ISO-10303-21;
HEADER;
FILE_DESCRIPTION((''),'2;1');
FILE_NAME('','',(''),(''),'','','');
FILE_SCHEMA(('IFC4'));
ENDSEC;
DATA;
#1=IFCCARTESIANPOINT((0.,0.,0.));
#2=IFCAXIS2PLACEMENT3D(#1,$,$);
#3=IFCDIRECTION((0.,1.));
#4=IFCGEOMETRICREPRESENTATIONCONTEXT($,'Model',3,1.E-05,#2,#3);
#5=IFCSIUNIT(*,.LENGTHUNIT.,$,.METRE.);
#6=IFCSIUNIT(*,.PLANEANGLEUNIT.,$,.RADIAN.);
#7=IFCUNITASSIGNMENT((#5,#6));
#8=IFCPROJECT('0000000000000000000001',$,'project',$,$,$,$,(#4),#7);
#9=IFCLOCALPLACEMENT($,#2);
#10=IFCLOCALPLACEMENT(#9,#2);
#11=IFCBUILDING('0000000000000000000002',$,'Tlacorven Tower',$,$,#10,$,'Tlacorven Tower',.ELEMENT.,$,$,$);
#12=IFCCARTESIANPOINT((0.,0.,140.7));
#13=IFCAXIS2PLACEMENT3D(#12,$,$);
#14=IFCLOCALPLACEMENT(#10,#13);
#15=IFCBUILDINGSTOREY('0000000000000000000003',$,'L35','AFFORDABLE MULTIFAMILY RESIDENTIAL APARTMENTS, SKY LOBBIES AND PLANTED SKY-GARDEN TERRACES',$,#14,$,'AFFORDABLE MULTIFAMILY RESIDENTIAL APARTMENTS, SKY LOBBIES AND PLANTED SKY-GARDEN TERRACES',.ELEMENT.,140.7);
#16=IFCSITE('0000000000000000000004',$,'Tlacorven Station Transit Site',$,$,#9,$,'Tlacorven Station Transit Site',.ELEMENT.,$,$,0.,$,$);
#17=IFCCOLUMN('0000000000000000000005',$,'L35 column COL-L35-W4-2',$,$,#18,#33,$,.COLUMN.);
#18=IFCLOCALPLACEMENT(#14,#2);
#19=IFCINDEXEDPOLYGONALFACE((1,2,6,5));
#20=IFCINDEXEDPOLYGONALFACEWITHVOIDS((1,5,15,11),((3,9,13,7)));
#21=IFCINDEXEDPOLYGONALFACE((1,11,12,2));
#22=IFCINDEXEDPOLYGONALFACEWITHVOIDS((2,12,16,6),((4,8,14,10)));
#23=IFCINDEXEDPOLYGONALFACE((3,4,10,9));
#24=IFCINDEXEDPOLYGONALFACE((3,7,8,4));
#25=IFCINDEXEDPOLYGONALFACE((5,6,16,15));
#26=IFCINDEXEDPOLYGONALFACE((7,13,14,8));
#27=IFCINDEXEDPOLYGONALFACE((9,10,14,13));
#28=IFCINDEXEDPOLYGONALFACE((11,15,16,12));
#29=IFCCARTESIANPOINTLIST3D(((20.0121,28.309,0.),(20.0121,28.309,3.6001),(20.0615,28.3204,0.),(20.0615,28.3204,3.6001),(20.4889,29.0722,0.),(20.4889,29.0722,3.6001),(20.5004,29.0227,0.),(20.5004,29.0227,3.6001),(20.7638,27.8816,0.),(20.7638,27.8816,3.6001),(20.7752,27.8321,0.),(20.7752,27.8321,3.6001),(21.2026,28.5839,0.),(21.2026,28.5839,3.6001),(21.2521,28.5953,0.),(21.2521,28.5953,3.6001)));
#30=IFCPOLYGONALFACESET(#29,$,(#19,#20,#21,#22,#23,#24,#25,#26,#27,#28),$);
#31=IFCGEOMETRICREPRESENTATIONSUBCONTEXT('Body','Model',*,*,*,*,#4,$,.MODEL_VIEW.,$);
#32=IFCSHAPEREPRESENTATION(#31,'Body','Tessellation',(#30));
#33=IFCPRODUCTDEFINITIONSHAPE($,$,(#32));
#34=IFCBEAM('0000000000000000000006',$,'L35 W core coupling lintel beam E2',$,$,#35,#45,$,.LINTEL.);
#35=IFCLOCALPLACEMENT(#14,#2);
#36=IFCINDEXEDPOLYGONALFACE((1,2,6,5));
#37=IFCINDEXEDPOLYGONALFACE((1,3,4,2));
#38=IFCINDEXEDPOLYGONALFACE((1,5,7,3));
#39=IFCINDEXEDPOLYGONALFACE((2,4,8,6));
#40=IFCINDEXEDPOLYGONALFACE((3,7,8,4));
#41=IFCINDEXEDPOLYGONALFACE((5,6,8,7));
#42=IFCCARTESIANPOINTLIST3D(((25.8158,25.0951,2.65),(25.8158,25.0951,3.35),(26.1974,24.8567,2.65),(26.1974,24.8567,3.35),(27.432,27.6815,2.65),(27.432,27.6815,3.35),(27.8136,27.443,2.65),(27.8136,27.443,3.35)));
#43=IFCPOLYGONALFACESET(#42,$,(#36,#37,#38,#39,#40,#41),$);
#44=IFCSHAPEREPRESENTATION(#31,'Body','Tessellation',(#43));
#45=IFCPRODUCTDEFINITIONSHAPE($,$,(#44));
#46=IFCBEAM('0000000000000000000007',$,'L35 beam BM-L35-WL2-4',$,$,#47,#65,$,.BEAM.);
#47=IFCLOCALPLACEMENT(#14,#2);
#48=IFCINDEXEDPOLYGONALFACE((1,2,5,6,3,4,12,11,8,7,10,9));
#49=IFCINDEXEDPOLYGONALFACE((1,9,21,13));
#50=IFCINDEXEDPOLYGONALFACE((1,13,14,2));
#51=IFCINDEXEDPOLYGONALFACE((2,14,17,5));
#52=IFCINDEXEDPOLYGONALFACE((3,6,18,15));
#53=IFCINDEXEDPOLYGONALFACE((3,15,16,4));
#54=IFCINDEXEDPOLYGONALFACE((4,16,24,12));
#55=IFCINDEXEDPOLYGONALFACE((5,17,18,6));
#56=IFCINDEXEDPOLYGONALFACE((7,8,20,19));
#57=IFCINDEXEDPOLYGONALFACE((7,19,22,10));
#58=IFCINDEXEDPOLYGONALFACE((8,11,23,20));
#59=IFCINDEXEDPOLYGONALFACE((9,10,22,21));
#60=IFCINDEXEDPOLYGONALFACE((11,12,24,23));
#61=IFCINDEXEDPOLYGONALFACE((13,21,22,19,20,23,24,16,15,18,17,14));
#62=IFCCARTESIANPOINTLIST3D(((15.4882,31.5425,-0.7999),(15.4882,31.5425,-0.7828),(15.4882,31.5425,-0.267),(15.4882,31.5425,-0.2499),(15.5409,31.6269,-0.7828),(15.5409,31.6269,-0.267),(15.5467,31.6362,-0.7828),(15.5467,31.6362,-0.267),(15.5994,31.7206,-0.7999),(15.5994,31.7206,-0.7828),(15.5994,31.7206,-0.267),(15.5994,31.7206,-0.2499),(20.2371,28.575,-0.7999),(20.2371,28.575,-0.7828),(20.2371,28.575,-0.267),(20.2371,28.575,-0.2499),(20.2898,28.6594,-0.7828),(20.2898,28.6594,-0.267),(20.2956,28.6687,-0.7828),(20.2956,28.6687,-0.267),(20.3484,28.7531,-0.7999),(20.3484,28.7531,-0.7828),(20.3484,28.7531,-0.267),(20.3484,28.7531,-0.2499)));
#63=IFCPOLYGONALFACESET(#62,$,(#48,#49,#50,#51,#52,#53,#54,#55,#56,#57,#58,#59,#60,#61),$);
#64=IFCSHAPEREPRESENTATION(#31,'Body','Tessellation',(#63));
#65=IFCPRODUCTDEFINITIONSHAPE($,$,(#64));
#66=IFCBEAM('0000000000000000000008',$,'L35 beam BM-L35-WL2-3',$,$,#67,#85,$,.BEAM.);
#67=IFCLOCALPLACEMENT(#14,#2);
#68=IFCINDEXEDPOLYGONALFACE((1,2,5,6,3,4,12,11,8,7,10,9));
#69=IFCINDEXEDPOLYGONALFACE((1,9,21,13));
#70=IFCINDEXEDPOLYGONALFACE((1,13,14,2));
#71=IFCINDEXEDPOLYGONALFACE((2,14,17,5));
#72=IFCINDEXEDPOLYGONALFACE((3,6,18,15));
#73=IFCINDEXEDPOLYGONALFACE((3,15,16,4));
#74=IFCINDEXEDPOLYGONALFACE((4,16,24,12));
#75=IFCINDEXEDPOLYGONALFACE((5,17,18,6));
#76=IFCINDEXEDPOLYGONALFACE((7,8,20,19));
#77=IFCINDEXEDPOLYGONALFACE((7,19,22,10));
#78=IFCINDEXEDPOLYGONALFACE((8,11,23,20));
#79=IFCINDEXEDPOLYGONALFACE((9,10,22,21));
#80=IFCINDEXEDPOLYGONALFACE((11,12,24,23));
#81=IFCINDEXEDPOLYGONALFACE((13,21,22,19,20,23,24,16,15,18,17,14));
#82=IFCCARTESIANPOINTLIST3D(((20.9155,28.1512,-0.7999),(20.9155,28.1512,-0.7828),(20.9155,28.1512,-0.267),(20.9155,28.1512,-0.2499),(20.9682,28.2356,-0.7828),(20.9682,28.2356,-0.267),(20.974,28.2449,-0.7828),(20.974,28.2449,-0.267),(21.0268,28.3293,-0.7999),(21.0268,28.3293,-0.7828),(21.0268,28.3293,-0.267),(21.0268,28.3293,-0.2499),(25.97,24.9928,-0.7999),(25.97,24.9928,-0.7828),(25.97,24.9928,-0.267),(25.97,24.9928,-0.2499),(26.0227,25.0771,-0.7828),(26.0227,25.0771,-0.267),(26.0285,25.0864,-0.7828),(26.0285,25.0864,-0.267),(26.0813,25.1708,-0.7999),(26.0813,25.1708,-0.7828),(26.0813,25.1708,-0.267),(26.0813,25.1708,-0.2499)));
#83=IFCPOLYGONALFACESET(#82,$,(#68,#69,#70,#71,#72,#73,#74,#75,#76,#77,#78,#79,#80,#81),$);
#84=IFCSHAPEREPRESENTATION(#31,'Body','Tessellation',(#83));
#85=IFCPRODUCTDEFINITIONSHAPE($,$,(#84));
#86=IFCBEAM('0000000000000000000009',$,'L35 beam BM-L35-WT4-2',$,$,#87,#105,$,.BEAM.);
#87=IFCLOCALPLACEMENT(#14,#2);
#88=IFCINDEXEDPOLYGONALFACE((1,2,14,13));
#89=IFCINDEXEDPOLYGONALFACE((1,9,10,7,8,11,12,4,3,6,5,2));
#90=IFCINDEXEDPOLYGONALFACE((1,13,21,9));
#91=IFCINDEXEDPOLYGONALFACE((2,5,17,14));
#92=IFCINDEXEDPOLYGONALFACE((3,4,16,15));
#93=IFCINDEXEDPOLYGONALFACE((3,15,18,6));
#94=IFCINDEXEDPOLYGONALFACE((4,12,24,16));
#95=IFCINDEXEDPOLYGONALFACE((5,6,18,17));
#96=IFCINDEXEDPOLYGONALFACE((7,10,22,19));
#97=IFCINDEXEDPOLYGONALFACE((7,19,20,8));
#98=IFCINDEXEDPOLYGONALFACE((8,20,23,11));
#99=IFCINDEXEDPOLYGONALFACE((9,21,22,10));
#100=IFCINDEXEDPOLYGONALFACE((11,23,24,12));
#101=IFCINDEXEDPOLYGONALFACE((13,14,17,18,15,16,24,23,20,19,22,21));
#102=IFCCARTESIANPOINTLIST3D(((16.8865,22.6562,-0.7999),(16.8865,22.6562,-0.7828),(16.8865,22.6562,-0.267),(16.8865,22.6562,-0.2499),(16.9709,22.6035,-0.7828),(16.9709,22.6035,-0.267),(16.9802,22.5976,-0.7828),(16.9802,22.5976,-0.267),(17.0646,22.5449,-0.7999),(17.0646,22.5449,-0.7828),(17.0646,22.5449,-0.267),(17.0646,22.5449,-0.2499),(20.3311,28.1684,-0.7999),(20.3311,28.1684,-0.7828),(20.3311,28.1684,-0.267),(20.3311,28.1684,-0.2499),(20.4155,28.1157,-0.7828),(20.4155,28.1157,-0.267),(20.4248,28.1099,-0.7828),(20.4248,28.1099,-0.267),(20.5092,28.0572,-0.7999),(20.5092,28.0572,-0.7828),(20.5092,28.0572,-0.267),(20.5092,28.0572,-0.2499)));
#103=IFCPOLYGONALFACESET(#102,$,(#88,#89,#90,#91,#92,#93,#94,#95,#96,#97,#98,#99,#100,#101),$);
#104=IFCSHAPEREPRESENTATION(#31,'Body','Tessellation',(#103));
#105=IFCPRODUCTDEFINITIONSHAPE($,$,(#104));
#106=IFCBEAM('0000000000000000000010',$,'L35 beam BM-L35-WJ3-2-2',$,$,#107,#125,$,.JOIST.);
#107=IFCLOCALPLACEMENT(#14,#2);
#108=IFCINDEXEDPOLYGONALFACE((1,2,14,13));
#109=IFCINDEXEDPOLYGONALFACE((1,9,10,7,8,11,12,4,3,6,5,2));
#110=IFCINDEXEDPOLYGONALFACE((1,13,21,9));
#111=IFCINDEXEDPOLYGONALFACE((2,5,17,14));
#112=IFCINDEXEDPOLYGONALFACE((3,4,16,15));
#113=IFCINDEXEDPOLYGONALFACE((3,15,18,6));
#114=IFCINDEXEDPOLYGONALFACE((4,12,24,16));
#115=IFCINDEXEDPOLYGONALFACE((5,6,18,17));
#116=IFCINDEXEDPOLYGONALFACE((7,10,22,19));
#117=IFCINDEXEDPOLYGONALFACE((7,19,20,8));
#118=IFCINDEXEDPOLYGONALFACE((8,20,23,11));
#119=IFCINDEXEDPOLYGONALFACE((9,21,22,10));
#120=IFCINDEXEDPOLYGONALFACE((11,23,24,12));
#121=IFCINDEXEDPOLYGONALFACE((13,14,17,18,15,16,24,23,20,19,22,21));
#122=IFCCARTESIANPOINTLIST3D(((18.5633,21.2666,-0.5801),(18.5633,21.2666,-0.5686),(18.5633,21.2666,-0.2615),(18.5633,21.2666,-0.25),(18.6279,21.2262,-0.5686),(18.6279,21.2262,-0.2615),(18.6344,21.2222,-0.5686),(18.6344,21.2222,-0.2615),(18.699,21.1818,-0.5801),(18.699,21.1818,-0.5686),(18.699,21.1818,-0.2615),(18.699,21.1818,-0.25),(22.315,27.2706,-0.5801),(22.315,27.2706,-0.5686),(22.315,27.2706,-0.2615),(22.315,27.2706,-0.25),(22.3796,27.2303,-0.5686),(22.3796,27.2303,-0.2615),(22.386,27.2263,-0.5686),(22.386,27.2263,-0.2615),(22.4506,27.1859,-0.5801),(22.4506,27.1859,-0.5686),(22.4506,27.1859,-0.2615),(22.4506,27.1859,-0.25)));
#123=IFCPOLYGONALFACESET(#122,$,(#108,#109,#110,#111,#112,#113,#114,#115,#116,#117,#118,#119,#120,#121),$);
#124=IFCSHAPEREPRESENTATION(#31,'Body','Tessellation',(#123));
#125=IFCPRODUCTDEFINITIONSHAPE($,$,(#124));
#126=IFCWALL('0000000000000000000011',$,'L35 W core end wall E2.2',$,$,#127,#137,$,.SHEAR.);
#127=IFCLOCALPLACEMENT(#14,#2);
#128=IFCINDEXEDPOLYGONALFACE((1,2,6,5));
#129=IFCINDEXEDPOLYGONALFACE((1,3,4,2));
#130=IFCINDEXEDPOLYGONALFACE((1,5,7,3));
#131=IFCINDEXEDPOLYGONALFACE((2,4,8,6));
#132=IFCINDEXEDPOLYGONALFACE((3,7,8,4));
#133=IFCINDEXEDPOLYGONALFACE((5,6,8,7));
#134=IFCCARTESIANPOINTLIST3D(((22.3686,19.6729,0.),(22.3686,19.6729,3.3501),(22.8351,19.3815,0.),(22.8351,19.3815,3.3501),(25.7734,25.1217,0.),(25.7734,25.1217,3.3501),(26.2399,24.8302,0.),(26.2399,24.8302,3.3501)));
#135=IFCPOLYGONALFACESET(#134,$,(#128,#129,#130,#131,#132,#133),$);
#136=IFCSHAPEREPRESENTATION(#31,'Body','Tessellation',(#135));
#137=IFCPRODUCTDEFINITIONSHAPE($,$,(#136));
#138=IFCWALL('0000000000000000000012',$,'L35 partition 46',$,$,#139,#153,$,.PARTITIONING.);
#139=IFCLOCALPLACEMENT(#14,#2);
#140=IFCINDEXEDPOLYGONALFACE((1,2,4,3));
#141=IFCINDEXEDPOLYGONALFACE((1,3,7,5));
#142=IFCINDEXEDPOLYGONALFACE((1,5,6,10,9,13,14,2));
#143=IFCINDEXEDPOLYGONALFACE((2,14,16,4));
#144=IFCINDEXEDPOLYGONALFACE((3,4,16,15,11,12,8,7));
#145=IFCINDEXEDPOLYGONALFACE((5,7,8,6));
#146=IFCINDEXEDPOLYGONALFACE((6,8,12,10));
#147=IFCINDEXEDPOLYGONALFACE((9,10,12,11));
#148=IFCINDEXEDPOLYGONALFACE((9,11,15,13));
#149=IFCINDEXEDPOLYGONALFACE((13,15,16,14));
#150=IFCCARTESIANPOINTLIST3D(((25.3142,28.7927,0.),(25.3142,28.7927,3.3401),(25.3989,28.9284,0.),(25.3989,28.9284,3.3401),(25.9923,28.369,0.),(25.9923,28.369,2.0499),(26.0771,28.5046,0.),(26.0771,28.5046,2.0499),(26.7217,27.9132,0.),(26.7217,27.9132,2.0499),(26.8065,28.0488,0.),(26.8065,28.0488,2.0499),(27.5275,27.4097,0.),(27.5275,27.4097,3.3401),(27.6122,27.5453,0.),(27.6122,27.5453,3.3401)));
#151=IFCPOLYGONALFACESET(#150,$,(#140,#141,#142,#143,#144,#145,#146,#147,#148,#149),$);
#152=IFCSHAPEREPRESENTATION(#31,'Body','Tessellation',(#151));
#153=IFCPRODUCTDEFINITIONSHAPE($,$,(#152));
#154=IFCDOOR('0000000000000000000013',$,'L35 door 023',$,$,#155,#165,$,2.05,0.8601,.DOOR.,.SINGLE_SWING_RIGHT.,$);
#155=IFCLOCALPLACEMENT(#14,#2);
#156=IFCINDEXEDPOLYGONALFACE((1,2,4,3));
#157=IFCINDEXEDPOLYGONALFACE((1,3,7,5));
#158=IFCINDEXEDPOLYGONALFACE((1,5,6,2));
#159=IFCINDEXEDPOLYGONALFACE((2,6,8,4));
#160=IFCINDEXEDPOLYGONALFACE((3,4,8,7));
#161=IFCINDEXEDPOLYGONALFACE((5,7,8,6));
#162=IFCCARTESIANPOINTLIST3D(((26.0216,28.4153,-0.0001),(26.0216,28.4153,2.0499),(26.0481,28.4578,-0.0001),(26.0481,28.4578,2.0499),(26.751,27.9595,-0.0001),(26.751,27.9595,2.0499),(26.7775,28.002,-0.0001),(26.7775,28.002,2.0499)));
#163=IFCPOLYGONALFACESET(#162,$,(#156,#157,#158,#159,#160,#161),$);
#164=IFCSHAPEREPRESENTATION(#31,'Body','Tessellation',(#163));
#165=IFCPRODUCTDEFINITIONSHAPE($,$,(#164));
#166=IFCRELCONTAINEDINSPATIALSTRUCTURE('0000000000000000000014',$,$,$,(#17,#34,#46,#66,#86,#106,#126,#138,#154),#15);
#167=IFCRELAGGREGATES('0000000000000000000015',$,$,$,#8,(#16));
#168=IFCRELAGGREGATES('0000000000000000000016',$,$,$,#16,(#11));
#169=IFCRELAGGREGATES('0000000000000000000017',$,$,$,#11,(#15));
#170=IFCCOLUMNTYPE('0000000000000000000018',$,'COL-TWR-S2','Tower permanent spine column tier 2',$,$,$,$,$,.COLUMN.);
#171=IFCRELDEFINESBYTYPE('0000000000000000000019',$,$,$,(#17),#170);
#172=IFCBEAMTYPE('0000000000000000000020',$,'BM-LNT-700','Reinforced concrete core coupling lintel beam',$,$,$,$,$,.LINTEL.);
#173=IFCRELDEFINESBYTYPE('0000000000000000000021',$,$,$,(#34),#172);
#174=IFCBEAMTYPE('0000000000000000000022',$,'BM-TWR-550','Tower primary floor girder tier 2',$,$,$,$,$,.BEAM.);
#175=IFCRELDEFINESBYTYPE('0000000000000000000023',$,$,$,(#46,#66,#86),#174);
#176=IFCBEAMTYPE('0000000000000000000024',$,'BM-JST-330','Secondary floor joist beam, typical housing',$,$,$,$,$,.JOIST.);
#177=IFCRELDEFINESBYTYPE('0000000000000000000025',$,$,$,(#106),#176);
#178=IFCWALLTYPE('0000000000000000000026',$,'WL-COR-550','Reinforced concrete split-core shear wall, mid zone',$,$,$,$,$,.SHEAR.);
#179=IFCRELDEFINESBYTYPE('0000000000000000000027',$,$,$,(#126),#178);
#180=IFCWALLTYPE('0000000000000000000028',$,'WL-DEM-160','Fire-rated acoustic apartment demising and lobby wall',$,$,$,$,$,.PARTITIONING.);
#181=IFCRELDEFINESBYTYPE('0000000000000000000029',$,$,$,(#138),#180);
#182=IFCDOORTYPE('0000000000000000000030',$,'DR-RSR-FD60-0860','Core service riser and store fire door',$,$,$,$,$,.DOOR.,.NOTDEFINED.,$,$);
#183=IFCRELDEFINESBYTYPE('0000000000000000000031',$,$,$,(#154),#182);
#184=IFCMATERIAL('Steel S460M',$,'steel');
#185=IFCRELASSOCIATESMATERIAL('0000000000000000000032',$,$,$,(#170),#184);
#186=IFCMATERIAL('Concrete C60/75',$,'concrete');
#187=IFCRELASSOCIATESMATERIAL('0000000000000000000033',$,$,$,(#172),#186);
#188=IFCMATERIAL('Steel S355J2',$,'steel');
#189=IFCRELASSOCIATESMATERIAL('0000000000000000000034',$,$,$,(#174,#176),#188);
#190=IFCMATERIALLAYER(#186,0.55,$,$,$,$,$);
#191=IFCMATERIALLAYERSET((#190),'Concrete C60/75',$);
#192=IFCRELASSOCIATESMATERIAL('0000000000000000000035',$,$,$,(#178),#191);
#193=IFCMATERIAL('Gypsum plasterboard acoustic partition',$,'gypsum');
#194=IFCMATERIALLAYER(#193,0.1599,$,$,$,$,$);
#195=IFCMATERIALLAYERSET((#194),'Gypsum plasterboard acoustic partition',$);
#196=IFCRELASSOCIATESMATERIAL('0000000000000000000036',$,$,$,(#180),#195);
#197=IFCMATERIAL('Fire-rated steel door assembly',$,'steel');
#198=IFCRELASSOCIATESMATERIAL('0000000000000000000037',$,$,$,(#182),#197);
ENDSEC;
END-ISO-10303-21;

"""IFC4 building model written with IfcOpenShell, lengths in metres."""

from ifc_helpers import new_model, si_unit, direction, frame, frame_2d, origin, origin_2d, place, context, subcontext, project, spatial, rectangle, hollow_rectangle, i_section, extrude, source, transform, mapped, material, layer, layer_set, material_profile, profile_set, type_object, element, fill, save


model = new_model("IFC4")

# Units and contexts
model_context = context("Model", 3, precision=1e-05, world=origin(), true_north=direction((0.0, 1.0)))
body_context = subcontext(model_context, "Body", "Model", "MODEL_VIEW")
ifc_project = project(units=[si_unit("LENGTHUNIT", "METRE"), si_unit("PLANEANGLEUNIT", "RADIAN")], contexts=[model_context])

# Site, building, storey
site_placement = place(None, origin())
site = spatial("IfcSite", under=ifc_project, at=site_placement, Name="Tlacorven Station Transit Site", LongName="Tlacorven Station Transit Site", CompositionType="ELEMENT", RefElevation=0.0)
building_placement = place(site_placement, origin())
building = spatial("IfcBuilding", under=site, at=building_placement, Name="Tlacorven Tower", LongName="Tlacorven Tower", CompositionType="ELEMENT")
storey_placement = place(building_placement, frame((0.0, 0.0, 140.7)))
storey = spatial("IfcBuildingStorey", under=building, at=storey_placement, Name="L35", Description="AFFORDABLE MULTIFAMILY RESIDENTIAL APARTMENTS, SKY LOBBIES AND PLANTED SKY-GARDEN TERRACES", LongName="AFFORDABLE MULTIFAMILY RESIDENTIAL APARTMENTS, SKY LOBBIES AND PLANTED SKY-GARDEN TERRACES", CompositionType="ELEMENT", Elevation=140.7)

# Column
ifc_material_1 = material(Name="Steel S460M", Category="steel")
ifc_material_profile_1 = material_profile(ifc_material_1, hollow_rectangle(XDim=0.8999, YDim=0.8999, WallThickness=0.0359, at=origin_2d()), Name="BOX 900X900X36")
ifc_profile_set_1 = profile_set([ifc_material_profile_1], Name="Steel S460M")
column_type = type_object("IfcColumnType", Name="COL-TWR-S2", Description="Tower permanent spine column tier 2", PredefinedType="COLUMN", material=ifc_profile_set_1)
shared_shape_1 = source(origin(), body_context, "Body", "SweptSolid", [
    extrude(hollow_rectangle(XDim=0.8999, YDim=0.8999, WallThickness=0.0359, at=origin_2d()), origin(), (0.0, 0.0, 1.0), 3.6001),
])
column_placement = place(storey_placement, frame((20.6321, 28.4521, 0.0), z_axis=(0.0, 0.0, 1.0), x_axis=(-0.848048, 0.529919, 0.0)))
element("IfcColumn", 1, at=column_placement, inside=storey, type_object=column_type, Name="L35 column COL-L35-W4-2", PredefinedType="COLUMN", context=body_context, shape_type="MappedRepresentation", body=[
    mapped(shared_shape_1, transform((0.0, 0.0, 0.0), scale=1.0)),
])

# Beams
ifc_material_2 = material(Name="Concrete C60/75", Category="concrete")
ifc_material_profile_2 = material_profile(ifc_material_2, rectangle(XDim=0.45, YDim=0.7, at=origin_2d()), Name="RC 450X700")
ifc_profile_set_2 = profile_set([ifc_material_profile_2], Name="Concrete C60/75")
beam_type_1 = type_object("IfcBeamType", Name="BM-LNT-700", Description="Reinforced concrete core coupling lintel beam", PredefinedType="LINTEL", material=ifc_profile_set_2)
shared_shape_2 = source(origin(), body_context, "Body", "SweptSolid", [
    extrude(rectangle(XDim=0.45, YDim=0.7, at=origin_2d()), origin(), (0.0, 0.0, 1.0), 3.0498),
])
beam_1_placement = place(storey_placement, frame((27.6228, 27.5623, 3.0), z_axis=(-0.529927, -0.848043, 0.0), x_axis=(0.848043, -0.529927, 0.0)))
element("IfcBeam", 2, at=beam_1_placement, inside=storey, type_object=beam_type_1, Name="L35 W core coupling lintel beam E2", PredefinedType="LINTEL", context=body_context, shape_type="MappedRepresentation", body=[
    mapped(shared_shape_2, transform((0.0, 0.0, 0.0), scale=1.0)),
])
ifc_material_3 = material(Name="Steel S355J2", Category="steel")
ifc_material_profile_3 = material_profile(ifc_material_3, i_section(OverallWidth=0.21, OverallDepth=0.55, WebThickness=0.011, FlangeThickness=0.0171, at=origin_2d()), Name="IPE 550")
ifc_profile_set_3 = profile_set([ifc_material_profile_3], Name="Steel S355J2")
beam_type_2 = type_object("IfcBeamType", Name="BM-TWR-550", Description="Tower primary floor girder tier 2", PredefinedType="BEAM", material=ifc_profile_set_3)
shared_shape_3 = source(origin(), body_context, "Body", "SweptSolid", [
    extrude(i_section(OverallWidth=0.21, OverallDepth=0.55, WebThickness=0.011, FlangeThickness=0.0171, at=origin_2d()), origin(), (0.0, 0.0, 1.0), 5.5999),
])
beam_2_placement = place(storey_placement, frame((20.2927, 28.6641, -0.5249), z_axis=(-0.848047, 0.529921, 0.0), x_axis=(-0.529921, -0.848047, 0.0)))
element("IfcBeam", 3, at=beam_2_placement, inside=storey, type_object=beam_type_2, Name="L35 beam BM-L35-WL2-4", PredefinedType="BEAM", context=body_context, shape_type="MappedRepresentation", body=[
    mapped(shared_shape_3, transform((0.0, 0.0, 0.0), scale=1.0)),
])
shared_shape_4 = source(origin(), body_context, "Body", "SweptSolid", [
    extrude(i_section(OverallWidth=0.21, OverallDepth=0.55, WebThickness=0.011, FlangeThickness=0.0171, at=origin_2d()), origin(), (0.0, 0.0, 1.0), 5.9602),
])
beam_3_placement = place(storey_placement, frame((26.0256, 25.0818, -0.5249), z_axis=(-0.848042, 0.529929, 0.0), x_axis=(-0.529929, -0.848042, 0.0)))
element("IfcBeam", 4, at=beam_3_placement, inside=storey, type_object=beam_type_2, Name="L35 beam BM-L35-WL2-3", PredefinedType="BEAM", context=body_context, shape_type="MappedRepresentation", body=[
    mapped(shared_shape_4, transform((0.0, 0.0, 0.0), scale=1.0)),
])
shared_shape_5 = source(origin(), body_context, "Body", "SweptSolid", [
    extrude(i_section(OverallWidth=0.21, OverallDepth=0.55, WebThickness=0.011, FlangeThickness=0.0171, at=origin_2d()), origin(), (0.0, 0.0, 1.0), 6.5),
])
beam_4_placement = place(storey_placement, frame((20.4202, 28.1128, -0.5249), z_axis=(-0.529938, -0.848036, 0.0), x_axis=(0.848036, -0.529938, 0.0)))
element("IfcBeam", 5, at=beam_4_placement, inside=storey, type_object=beam_type_2, Name="L35 beam BM-L35-WT4-2", PredefinedType="BEAM", context=body_context, shape_type="MappedRepresentation", body=[
    mapped(shared_shape_5, transform((0.0, 0.0, 0.0), scale=1.0)),
])
ifc_material_profile_4 = material_profile(ifc_material_3, i_section(OverallWidth=0.1599, OverallDepth=0.3301, WebThickness=0.0076, FlangeThickness=0.0115, at=origin_2d()), Name="IPE 330")
ifc_profile_set_4 = profile_set([ifc_material_profile_4], Name="Steel S355J2")
beam_type_3 = type_object("IfcBeamType", Name="BM-JST-330", Description="Secondary floor joist beam, typical housing", PredefinedType="JOIST", material=ifc_profile_set_4)
shared_shape_6 = source(origin(), body_context, "Body", "SweptSolid", [
    extrude(i_section(OverallWidth=0.1599, OverallDepth=0.3301, WebThickness=0.0076, FlangeThickness=0.0115, at=origin_2d()), origin(), (0.0, 0.0, 1.0), 7.0798),
])
beam_5_placement = place(storey_placement, frame((22.3828, 27.2283, -0.415), z_axis=(-0.529909, -0.848054, 0.0), x_axis=(0.848054, -0.529909, 0.0)))
element("IfcBeam", 6, at=beam_5_placement, inside=storey, type_object=beam_type_3, Name="L35 beam BM-L35-WJ3-2-2", PredefinedType="JOIST", context=body_context, shape_type="MappedRepresentation", body=[
    mapped(shared_shape_6, transform((0.0, 0.0, 0.0), scale=1.0)),
])

# Wall
ifc_layer_1 = layer(ifc_material_2, 0.55)
ifc_layer_set_1 = layer_set([ifc_layer_1], Name="Concrete C60/75")
wall_type_1 = type_object("IfcWallType", Name="WL-COR-550", Description="Reinforced concrete split-core shear wall, mid zone", PredefinedType="SHEAR", material=ifc_layer_set_1)
wall_1_placement = place(storey_placement, frame((26.0066, 24.9758, 0.0), z_axis=(0.0, 0.0, 1.0), x_axis=(-0.529924, -0.848045, 0.0)))
element("IfcWall", 7, at=wall_1_placement, inside=storey, type_object=wall_type_1, Name="L35 W core end wall E2.2", PredefinedType="SHEAR", context=body_context, shape_type="SweptSolid", body=[
    extrude(rectangle(XDim=6.425, YDim=0.55, at=frame_2d((3.2124, 0.0))), origin(), (0.0, 0.0, 1.0), 3.3501),
])

# Wall, opening, door
ifc_material_4 = material(Name="Gypsum plasterboard acoustic partition", Category="gypsum")
ifc_layer_2 = layer(ifc_material_4, 0.1599)
ifc_layer_set_2 = layer_set([ifc_layer_2], Name="Gypsum plasterboard acoustic partition")
wall_type_2 = type_object("IfcWallType", Name="WL-DEM-160", Description="Fire-rated acoustic apartment demising and lobby wall", PredefinedType="PARTITIONING", material=ifc_layer_set_2)
wall_2_placement = place(storey_placement, frame((27.5698, 27.4775, 0.0), z_axis=(0.0, 0.0, 1.0), x_axis=(-0.848051, 0.529915, 0.0)))
wall_2 = element("IfcWall", 8, at=wall_2_placement, inside=storey, type_object=wall_type_2, Name="L35 partition 46", PredefinedType="PARTITIONING", context=body_context, shape_type="SweptSolid", body=[
    extrude(rectangle(XDim=2.6099, YDim=0.1599, at=frame_2d((1.3049, 0.0))), origin(), (0.0, 0.0, 1.0), 3.3401),
])
opening_1_placement = place(wall_2_placement, frame((0.95, 0.0, 0.0)))
opening_1 = element("IfcOpeningElement", 9, at=opening_1_placement, cuts=wall_2, PredefinedType="OPENING", context=body_context, shape_type="SweptSolid", body=[
    extrude(rectangle(XDim=0.8601, YDim=2.05, at=frame_2d((0.4302, 1.0249))), frame((0.0, 0.0898, 0.0), z_axis=(0.0, -1.0, 0.0), x_axis=(1.0, 0.0, 0.0)), (0.0, 0.0, 1.0), 0.1799),
])
ifc_material_5 = material(Name="Fire-rated steel door assembly", Category="steel")
door_type_1 = type_object("IfcDoorType", Name="DR-RSR-FD60-0860", Description="Core service riser and store fire door", OperationType="NOTDEFINED", PredefinedType="DOOR", material=ifc_material_5)
shared_shape_7 = source(origin(), body_context, "Body", "SweptSolid", [
    extrude(rectangle(XDim=0.8601, YDim=2.05, at=frame_2d((0.4302, 1.0249))), frame((0.0, 0.0249, 0.0), z_axis=(0.0, -1.0, 0.0), x_axis=(1.0, 0.0, 0.0)), (0.0, 0.0, 1.0), 0.05),
])
door_1_placement = place(opening_1_placement, frame((0.8601, 0.0, 0.0), z_axis=(0.0, 0.0, 1.0), x_axis=(-1.0, 0.0, 0.0)))
door_1 = element("IfcDoor", 10, at=door_1_placement, inside=storey, type_object=door_type_1, Name="L35 door 023", OperationType="SINGLE_SWING_RIGHT", OverallHeight=2.05, OverallWidth=0.8601, PredefinedType="DOOR", context=body_context, shape_type="MappedRepresentation", body=[
    mapped(shared_shape_7, transform((0.0, 0.0, 0.0), scale=1.0)),
])
fill(opening_1, door_1)

save(model, "model.ifc")
